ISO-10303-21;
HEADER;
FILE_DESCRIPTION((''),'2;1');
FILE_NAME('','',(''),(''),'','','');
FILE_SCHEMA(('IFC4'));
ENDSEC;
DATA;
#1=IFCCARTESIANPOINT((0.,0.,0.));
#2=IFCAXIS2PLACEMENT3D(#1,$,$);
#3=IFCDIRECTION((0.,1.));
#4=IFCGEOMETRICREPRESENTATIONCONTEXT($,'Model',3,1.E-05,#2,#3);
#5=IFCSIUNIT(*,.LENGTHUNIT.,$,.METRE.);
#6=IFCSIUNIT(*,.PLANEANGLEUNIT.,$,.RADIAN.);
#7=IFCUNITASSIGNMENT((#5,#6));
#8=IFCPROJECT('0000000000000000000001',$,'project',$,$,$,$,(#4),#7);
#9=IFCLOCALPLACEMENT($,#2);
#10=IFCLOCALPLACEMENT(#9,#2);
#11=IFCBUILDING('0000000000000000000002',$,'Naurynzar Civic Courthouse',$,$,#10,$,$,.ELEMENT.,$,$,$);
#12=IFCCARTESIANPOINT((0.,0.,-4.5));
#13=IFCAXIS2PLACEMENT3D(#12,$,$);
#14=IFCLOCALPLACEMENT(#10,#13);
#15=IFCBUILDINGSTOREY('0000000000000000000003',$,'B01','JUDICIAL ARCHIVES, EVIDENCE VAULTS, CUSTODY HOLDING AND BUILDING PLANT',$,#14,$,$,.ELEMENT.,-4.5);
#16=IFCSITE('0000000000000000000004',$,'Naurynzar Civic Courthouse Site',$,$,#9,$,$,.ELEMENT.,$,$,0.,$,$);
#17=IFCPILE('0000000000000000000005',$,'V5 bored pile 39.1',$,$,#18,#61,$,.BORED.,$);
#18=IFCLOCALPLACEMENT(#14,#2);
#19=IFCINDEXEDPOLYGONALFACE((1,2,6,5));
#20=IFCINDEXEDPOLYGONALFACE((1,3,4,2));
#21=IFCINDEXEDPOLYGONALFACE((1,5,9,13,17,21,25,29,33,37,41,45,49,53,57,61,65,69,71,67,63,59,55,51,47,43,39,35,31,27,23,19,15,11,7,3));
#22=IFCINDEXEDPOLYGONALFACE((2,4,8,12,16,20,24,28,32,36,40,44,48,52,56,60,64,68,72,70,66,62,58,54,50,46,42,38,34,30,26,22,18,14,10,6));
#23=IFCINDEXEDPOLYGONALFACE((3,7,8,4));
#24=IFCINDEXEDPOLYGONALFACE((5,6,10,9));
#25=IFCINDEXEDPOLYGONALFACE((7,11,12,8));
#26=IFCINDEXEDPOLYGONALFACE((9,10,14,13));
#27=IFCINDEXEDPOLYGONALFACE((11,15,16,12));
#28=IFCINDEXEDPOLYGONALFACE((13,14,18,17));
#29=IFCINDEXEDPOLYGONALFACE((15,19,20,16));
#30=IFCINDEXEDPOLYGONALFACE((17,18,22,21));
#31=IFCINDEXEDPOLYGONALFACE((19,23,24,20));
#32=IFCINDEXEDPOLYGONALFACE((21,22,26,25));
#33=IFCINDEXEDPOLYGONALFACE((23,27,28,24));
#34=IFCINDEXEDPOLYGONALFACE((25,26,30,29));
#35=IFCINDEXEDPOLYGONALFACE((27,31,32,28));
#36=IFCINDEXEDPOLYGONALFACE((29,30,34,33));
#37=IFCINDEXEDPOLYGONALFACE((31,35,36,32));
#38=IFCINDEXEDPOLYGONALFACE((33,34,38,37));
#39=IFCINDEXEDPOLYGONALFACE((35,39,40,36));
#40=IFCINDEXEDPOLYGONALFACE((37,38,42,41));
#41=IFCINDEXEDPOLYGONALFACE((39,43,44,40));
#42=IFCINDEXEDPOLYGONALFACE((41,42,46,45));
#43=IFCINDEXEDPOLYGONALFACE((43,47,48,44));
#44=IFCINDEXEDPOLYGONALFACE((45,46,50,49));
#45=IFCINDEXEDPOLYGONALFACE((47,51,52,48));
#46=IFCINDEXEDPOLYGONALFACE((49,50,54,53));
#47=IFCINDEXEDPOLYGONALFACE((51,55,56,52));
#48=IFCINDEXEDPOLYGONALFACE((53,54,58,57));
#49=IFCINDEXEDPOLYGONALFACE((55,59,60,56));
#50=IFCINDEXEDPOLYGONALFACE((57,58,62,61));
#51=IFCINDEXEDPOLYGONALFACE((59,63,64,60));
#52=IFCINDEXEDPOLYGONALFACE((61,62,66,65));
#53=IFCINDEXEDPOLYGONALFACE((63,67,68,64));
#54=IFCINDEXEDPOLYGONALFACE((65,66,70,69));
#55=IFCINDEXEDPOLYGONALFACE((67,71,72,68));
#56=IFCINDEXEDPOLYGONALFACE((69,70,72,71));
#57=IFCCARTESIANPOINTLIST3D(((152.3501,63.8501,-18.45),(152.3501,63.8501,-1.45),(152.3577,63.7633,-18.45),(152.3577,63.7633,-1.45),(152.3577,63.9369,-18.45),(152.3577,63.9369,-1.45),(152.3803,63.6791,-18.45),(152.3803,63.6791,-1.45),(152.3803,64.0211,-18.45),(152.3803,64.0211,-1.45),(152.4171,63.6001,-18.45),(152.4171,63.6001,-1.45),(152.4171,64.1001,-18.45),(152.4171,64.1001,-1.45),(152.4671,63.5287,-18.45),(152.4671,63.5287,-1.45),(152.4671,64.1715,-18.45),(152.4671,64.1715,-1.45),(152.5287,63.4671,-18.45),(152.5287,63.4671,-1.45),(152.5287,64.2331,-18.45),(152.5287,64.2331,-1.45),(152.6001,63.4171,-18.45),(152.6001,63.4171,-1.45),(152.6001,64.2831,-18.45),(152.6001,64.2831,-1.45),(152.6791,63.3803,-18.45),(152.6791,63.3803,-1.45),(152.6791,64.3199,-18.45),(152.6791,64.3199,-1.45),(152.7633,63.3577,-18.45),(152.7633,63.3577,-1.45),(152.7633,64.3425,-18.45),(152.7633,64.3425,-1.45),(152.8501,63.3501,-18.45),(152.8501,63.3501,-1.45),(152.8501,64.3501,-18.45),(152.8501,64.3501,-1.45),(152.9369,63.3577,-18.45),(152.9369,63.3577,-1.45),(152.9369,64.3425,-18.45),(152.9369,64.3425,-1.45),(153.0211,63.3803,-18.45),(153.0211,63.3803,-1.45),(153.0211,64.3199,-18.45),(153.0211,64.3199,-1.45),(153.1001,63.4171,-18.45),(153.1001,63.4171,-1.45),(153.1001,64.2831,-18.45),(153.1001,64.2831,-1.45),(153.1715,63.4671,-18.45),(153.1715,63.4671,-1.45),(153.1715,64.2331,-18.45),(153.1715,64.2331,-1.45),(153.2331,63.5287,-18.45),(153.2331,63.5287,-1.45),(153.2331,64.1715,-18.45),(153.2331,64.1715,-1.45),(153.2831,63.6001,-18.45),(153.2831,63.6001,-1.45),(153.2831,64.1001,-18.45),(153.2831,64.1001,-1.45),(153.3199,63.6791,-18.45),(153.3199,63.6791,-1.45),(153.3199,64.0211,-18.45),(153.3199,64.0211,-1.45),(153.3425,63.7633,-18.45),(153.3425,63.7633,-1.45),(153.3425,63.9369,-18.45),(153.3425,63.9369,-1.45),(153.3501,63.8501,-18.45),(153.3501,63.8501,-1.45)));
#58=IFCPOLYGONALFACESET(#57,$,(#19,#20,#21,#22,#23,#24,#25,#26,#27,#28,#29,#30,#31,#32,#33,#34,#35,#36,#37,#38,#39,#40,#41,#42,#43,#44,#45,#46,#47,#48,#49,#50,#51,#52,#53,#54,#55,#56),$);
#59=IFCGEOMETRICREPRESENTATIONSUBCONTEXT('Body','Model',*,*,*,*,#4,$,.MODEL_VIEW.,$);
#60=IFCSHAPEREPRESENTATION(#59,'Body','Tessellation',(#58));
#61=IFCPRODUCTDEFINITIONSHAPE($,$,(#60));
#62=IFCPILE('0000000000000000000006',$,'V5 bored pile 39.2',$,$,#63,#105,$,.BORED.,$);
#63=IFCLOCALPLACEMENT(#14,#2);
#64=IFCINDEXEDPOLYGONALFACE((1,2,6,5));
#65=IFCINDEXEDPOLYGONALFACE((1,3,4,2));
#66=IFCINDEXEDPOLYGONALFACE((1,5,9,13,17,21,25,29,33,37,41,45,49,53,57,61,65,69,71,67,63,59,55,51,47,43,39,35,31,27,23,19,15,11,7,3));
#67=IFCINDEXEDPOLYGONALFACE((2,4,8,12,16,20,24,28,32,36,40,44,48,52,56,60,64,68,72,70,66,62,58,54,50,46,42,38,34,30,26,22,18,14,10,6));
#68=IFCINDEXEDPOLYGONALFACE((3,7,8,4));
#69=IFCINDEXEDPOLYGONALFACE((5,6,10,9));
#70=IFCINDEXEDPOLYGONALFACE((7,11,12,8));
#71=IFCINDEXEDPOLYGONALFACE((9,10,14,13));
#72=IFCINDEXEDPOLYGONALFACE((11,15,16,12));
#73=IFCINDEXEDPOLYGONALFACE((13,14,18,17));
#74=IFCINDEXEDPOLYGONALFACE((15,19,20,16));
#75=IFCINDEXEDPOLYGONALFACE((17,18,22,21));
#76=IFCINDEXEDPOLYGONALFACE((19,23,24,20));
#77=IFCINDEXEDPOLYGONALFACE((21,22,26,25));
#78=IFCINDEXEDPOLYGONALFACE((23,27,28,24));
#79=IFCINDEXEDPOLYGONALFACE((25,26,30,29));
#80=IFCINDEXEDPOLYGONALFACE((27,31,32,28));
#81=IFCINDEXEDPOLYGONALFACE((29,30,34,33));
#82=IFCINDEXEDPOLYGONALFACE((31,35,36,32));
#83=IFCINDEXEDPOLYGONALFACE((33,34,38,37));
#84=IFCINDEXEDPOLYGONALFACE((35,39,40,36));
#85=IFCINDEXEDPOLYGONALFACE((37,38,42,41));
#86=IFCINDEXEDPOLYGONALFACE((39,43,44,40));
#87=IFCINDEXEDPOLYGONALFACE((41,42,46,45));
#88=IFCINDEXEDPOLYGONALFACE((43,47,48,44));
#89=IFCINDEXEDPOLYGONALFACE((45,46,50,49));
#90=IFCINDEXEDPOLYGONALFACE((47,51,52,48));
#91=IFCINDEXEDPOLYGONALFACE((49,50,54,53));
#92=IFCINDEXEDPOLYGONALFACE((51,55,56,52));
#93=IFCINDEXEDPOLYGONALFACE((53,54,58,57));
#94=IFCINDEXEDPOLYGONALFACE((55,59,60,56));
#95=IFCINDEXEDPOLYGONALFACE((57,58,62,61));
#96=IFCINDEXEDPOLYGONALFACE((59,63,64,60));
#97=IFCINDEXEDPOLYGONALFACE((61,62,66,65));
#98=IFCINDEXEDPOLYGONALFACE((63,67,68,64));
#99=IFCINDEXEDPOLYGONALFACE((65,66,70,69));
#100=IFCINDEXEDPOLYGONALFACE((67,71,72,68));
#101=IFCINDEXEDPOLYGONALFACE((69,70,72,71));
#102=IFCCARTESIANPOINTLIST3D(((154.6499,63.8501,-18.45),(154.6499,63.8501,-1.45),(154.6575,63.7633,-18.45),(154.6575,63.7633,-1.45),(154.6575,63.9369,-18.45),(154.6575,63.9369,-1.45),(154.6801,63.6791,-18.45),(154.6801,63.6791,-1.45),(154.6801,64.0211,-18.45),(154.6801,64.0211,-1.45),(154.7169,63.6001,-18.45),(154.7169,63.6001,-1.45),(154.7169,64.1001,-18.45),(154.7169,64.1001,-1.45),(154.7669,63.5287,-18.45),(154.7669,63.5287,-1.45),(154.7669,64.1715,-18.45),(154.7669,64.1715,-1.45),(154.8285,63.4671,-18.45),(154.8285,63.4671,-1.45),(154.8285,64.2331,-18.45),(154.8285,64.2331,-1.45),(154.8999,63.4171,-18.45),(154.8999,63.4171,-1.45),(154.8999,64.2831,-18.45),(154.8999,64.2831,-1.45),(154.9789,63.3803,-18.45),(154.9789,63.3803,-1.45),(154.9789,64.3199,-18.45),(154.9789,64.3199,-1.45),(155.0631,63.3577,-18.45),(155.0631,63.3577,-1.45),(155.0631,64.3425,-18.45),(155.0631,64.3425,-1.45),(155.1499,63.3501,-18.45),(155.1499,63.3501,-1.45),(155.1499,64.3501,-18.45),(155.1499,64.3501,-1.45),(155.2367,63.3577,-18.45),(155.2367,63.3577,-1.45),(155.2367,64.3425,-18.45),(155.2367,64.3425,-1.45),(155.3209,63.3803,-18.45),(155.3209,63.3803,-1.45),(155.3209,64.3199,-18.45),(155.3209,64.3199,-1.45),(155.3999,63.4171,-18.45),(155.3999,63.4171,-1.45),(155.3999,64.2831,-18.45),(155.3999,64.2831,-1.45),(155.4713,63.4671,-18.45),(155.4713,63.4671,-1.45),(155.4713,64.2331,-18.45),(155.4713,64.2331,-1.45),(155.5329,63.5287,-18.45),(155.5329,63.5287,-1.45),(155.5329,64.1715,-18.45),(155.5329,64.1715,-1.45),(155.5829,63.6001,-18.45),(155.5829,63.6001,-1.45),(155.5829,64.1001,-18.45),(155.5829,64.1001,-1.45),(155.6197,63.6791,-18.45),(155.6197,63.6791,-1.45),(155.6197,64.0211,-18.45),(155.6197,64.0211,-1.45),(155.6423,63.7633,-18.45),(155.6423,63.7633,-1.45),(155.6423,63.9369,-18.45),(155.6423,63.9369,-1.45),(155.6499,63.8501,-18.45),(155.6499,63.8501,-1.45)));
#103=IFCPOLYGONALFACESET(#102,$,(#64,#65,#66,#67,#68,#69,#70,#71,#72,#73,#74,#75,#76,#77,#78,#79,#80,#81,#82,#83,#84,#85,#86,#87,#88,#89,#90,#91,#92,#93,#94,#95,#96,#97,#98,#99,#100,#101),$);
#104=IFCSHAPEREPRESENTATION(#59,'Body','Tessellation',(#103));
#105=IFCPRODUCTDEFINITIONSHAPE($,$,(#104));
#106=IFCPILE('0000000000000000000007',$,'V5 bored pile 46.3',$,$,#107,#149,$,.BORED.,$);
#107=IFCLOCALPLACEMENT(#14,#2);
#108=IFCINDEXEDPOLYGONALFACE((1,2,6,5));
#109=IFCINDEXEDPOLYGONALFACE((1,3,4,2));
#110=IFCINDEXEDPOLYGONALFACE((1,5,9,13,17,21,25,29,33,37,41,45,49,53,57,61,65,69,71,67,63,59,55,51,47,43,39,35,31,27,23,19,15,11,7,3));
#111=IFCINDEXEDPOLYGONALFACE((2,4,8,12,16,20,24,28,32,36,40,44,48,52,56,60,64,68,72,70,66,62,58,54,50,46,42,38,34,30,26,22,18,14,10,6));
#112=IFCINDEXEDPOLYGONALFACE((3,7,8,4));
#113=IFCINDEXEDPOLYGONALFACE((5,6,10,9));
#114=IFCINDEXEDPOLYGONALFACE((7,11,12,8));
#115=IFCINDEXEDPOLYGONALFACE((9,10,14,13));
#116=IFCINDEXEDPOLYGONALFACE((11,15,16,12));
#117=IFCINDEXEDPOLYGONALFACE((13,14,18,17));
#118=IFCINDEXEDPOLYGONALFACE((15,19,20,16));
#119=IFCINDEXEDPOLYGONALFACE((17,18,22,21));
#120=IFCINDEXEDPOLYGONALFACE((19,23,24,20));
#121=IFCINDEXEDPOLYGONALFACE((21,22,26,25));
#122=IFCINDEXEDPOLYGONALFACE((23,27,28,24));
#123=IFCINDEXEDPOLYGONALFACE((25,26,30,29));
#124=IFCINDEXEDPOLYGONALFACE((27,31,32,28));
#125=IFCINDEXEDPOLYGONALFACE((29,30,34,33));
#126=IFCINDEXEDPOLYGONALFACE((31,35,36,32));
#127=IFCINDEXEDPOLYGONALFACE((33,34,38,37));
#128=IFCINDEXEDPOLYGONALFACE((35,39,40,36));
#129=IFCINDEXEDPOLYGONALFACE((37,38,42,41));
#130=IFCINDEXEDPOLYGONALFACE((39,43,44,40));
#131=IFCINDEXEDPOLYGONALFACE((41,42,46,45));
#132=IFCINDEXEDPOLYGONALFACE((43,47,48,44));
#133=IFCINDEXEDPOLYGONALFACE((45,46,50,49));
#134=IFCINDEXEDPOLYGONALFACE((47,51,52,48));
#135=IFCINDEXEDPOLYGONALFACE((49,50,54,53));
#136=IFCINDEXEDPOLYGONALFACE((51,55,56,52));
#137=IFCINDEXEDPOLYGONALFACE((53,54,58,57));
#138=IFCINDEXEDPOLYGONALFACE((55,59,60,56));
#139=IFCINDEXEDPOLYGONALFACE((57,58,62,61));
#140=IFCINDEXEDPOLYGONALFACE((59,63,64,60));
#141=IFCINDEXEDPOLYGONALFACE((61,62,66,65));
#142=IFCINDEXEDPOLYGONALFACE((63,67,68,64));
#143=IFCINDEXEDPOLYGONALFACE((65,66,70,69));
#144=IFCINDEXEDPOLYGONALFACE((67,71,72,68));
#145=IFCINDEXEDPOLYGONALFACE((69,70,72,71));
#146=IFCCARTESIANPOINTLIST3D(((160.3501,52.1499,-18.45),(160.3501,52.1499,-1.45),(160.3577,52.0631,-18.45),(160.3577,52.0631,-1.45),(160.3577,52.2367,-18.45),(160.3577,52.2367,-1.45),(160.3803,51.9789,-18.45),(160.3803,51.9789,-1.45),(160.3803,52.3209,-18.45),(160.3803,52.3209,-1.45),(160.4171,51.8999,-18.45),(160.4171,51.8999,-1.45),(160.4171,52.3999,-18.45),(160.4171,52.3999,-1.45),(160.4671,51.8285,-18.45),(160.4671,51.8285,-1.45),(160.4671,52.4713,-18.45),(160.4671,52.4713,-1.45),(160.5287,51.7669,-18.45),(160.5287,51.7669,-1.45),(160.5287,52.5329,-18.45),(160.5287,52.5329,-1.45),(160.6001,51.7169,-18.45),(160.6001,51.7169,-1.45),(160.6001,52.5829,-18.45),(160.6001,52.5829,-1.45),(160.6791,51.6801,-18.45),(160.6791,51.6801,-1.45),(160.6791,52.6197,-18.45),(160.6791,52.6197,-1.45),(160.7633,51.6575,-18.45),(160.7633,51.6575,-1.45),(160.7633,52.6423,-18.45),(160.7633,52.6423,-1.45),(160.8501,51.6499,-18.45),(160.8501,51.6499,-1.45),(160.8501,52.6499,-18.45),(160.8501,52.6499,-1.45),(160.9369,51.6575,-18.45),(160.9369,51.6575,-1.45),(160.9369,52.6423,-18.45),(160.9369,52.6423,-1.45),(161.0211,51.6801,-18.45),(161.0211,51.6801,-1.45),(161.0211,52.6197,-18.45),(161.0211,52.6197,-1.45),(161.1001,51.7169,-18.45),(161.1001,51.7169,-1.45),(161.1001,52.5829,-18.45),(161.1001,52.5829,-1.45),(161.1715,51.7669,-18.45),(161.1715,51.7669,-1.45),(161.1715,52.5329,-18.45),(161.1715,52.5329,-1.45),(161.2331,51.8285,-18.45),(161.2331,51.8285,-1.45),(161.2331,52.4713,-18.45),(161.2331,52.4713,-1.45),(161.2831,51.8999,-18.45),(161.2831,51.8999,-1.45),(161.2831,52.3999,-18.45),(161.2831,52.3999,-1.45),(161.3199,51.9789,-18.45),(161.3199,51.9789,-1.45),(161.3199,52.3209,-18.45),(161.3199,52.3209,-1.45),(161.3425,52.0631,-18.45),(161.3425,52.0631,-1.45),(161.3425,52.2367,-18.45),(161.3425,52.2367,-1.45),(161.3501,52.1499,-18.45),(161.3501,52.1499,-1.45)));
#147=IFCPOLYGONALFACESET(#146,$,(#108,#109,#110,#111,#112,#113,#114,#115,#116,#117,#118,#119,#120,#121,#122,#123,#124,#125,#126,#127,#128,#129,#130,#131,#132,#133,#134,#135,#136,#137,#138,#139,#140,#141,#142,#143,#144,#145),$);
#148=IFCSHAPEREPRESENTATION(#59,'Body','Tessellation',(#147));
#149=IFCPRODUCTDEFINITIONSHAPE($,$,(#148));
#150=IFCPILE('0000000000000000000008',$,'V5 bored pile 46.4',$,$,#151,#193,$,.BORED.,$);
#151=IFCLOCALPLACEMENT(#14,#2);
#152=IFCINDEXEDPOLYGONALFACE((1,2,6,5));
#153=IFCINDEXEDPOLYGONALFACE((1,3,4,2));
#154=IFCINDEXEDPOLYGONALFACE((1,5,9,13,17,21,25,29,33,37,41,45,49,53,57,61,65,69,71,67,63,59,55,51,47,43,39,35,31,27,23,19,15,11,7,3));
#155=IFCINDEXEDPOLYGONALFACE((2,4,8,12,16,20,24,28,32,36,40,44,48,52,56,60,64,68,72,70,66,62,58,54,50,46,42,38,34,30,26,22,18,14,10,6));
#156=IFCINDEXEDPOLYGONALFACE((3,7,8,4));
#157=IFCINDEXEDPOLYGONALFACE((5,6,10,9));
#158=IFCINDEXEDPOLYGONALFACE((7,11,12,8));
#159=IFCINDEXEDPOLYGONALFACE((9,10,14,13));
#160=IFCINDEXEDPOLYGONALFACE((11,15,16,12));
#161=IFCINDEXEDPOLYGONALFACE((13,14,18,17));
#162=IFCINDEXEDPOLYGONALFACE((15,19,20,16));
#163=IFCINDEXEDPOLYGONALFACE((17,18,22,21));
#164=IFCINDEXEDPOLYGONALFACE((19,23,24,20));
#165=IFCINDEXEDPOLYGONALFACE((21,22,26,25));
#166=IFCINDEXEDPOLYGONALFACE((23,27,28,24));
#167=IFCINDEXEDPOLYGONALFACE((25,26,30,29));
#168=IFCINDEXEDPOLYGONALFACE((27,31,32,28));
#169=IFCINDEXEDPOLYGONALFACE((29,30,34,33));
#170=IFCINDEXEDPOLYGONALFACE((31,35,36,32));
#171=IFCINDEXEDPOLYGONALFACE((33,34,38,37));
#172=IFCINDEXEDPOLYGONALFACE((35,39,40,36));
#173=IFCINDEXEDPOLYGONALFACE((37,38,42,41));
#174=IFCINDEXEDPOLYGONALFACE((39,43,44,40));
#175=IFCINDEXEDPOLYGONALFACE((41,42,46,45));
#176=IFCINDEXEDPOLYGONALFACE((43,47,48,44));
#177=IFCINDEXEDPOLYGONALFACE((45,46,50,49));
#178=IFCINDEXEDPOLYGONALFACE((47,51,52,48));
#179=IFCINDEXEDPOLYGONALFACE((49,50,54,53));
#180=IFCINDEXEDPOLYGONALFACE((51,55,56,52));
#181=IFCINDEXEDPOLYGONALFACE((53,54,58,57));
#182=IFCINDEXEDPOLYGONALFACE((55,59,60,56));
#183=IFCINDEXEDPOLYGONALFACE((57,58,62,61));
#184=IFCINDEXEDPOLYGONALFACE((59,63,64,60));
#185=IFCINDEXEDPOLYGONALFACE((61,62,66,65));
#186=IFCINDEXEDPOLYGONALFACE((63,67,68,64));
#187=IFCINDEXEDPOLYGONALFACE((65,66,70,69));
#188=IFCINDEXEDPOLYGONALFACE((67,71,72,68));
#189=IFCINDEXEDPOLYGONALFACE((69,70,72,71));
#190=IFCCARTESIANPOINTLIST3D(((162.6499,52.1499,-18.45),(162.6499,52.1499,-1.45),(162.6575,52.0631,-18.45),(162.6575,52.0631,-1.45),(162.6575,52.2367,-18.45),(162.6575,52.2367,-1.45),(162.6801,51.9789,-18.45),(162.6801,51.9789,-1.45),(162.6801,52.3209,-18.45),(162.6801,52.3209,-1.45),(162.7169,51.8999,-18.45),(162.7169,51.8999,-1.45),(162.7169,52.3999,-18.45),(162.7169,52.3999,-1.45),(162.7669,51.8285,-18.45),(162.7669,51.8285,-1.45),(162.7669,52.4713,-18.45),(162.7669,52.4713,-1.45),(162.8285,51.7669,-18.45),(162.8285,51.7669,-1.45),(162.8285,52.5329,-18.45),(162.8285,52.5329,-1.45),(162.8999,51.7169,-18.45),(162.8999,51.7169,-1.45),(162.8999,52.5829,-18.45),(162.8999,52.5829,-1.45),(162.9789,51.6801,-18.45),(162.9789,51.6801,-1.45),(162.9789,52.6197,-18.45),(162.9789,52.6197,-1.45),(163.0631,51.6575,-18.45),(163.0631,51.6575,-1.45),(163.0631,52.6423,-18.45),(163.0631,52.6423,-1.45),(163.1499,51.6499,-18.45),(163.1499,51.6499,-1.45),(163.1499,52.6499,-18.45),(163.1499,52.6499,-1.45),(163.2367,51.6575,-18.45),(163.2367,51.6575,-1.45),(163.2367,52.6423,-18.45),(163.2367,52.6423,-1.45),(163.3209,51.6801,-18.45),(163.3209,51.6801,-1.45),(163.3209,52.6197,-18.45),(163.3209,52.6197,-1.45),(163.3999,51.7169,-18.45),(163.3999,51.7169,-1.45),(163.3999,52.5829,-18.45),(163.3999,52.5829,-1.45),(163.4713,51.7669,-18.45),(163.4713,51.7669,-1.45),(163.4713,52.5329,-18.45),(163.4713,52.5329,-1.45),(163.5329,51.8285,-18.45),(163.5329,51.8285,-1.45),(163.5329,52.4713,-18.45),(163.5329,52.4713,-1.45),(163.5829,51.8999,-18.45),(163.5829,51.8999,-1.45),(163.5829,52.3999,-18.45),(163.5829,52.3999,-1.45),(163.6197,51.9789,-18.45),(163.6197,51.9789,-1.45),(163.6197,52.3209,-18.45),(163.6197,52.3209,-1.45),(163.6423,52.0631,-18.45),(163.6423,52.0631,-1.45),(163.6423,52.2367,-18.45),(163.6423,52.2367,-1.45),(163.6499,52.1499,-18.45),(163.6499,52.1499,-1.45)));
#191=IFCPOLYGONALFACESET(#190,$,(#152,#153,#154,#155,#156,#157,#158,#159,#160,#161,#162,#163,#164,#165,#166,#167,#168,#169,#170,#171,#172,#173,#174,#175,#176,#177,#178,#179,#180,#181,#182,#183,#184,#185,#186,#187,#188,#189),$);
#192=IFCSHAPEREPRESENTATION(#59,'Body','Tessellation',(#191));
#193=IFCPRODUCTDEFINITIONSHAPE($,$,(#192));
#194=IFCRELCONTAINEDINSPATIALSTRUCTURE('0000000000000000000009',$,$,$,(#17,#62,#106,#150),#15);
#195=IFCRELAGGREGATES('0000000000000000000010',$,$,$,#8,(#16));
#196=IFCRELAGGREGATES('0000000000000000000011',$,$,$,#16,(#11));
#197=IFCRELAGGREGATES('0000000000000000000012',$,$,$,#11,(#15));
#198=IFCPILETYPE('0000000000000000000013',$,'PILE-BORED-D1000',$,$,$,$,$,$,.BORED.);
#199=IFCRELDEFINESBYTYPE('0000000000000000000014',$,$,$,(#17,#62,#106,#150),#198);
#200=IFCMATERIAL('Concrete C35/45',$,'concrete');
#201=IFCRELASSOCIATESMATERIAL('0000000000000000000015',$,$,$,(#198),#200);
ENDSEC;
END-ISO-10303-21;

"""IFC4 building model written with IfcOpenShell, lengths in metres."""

from ifc_helpers import new_model, si_unit, direction, frame, origin, origin_2d, place, context, subcontext, project, spatial, circle, extrude, material, material_profile, profile_set, type_object, element, save


model = new_model("IFC4")

# Units and contexts
model_context = context("Model", 3, precision=1e-05, world=origin(), true_north=direction((0.0, 1.0)))
body_context = subcontext(model_context, "Body", "Model", "MODEL_VIEW")
ifc_project = project(units=[si_unit("LENGTHUNIT", "METRE"), si_unit("PLANEANGLEUNIT", "RADIAN")], contexts=[model_context])

# Site, building, storey
site_placement = place(None, origin())
site = spatial("IfcSite", under=ifc_project, at=site_placement, Name="Naurynzar Civic Courthouse Site", CompositionType="ELEMENT", RefElevation=0.0)
building_placement = place(site_placement, origin())
building = spatial("IfcBuilding", under=site, at=building_placement, Name="Naurynzar Civic Courthouse", CompositionType="ELEMENT")
storey_placement = place(building_placement, frame((0.0, 0.0, -4.5)))
storey = spatial("IfcBuildingStorey", under=building, at=storey_placement, Name="B01", Description="JUDICIAL ARCHIVES, EVIDENCE VAULTS, CUSTODY HOLDING AND BUILDING PLANT", CompositionType="ELEMENT", Elevation=-4.5)

# Piles
ifc_material_1 = material(Name="Concrete C35/45", Category="concrete")
ifc_material_profile_1 = material_profile(ifc_material_1, circle(Radius=0.5, at=origin_2d()), Name="PILE D1000")
ifc_profile_set_1 = profile_set([ifc_material_profile_1], Name="Concrete C35/45")
pile_type_1 = type_object("IfcPileType", Name="PILE-BORED-D1000", PredefinedType="BORED", material=ifc_profile_set_1)
for number, where, z_axis, x_axis, name in (
    (1, (152.8501, 63.8501, -1.45), (0.0, 0.0, -1.0), (1.0, 0.0, 0.0), "V5 bored pile 39.1"),
    (2, (155.1499, 63.8501, -1.45), (0.0, 0.0, -1.0), (1.0, 0.0, 0.0), "V5 bored pile 39.2"),
    (3, (160.8501, 52.1499, -1.45), (0.0, 0.0, -1.0), (1.0, 0.0, 0.0), "V5 bored pile 46.3"),
    (4, (163.1499, 52.1499, -1.45), (0.0, 0.0, -1.0), (1.0, 0.0, 0.0), "V5 bored pile 46.4"),
):
    element("IfcPile", number, at=place(storey_placement, frame(where, z_axis=z_axis, x_axis=x_axis)), inside=storey, type_object=pile_type_1, Name=name, PredefinedType="BORED", context=body_context, shape_type="SweptSolid", body=[
        extrude(circle(Radius=0.5, at=origin_2d()), origin(), (0.0, 0.0, 1.0), 17.0),
    ])

save(model, "model.ifc")
